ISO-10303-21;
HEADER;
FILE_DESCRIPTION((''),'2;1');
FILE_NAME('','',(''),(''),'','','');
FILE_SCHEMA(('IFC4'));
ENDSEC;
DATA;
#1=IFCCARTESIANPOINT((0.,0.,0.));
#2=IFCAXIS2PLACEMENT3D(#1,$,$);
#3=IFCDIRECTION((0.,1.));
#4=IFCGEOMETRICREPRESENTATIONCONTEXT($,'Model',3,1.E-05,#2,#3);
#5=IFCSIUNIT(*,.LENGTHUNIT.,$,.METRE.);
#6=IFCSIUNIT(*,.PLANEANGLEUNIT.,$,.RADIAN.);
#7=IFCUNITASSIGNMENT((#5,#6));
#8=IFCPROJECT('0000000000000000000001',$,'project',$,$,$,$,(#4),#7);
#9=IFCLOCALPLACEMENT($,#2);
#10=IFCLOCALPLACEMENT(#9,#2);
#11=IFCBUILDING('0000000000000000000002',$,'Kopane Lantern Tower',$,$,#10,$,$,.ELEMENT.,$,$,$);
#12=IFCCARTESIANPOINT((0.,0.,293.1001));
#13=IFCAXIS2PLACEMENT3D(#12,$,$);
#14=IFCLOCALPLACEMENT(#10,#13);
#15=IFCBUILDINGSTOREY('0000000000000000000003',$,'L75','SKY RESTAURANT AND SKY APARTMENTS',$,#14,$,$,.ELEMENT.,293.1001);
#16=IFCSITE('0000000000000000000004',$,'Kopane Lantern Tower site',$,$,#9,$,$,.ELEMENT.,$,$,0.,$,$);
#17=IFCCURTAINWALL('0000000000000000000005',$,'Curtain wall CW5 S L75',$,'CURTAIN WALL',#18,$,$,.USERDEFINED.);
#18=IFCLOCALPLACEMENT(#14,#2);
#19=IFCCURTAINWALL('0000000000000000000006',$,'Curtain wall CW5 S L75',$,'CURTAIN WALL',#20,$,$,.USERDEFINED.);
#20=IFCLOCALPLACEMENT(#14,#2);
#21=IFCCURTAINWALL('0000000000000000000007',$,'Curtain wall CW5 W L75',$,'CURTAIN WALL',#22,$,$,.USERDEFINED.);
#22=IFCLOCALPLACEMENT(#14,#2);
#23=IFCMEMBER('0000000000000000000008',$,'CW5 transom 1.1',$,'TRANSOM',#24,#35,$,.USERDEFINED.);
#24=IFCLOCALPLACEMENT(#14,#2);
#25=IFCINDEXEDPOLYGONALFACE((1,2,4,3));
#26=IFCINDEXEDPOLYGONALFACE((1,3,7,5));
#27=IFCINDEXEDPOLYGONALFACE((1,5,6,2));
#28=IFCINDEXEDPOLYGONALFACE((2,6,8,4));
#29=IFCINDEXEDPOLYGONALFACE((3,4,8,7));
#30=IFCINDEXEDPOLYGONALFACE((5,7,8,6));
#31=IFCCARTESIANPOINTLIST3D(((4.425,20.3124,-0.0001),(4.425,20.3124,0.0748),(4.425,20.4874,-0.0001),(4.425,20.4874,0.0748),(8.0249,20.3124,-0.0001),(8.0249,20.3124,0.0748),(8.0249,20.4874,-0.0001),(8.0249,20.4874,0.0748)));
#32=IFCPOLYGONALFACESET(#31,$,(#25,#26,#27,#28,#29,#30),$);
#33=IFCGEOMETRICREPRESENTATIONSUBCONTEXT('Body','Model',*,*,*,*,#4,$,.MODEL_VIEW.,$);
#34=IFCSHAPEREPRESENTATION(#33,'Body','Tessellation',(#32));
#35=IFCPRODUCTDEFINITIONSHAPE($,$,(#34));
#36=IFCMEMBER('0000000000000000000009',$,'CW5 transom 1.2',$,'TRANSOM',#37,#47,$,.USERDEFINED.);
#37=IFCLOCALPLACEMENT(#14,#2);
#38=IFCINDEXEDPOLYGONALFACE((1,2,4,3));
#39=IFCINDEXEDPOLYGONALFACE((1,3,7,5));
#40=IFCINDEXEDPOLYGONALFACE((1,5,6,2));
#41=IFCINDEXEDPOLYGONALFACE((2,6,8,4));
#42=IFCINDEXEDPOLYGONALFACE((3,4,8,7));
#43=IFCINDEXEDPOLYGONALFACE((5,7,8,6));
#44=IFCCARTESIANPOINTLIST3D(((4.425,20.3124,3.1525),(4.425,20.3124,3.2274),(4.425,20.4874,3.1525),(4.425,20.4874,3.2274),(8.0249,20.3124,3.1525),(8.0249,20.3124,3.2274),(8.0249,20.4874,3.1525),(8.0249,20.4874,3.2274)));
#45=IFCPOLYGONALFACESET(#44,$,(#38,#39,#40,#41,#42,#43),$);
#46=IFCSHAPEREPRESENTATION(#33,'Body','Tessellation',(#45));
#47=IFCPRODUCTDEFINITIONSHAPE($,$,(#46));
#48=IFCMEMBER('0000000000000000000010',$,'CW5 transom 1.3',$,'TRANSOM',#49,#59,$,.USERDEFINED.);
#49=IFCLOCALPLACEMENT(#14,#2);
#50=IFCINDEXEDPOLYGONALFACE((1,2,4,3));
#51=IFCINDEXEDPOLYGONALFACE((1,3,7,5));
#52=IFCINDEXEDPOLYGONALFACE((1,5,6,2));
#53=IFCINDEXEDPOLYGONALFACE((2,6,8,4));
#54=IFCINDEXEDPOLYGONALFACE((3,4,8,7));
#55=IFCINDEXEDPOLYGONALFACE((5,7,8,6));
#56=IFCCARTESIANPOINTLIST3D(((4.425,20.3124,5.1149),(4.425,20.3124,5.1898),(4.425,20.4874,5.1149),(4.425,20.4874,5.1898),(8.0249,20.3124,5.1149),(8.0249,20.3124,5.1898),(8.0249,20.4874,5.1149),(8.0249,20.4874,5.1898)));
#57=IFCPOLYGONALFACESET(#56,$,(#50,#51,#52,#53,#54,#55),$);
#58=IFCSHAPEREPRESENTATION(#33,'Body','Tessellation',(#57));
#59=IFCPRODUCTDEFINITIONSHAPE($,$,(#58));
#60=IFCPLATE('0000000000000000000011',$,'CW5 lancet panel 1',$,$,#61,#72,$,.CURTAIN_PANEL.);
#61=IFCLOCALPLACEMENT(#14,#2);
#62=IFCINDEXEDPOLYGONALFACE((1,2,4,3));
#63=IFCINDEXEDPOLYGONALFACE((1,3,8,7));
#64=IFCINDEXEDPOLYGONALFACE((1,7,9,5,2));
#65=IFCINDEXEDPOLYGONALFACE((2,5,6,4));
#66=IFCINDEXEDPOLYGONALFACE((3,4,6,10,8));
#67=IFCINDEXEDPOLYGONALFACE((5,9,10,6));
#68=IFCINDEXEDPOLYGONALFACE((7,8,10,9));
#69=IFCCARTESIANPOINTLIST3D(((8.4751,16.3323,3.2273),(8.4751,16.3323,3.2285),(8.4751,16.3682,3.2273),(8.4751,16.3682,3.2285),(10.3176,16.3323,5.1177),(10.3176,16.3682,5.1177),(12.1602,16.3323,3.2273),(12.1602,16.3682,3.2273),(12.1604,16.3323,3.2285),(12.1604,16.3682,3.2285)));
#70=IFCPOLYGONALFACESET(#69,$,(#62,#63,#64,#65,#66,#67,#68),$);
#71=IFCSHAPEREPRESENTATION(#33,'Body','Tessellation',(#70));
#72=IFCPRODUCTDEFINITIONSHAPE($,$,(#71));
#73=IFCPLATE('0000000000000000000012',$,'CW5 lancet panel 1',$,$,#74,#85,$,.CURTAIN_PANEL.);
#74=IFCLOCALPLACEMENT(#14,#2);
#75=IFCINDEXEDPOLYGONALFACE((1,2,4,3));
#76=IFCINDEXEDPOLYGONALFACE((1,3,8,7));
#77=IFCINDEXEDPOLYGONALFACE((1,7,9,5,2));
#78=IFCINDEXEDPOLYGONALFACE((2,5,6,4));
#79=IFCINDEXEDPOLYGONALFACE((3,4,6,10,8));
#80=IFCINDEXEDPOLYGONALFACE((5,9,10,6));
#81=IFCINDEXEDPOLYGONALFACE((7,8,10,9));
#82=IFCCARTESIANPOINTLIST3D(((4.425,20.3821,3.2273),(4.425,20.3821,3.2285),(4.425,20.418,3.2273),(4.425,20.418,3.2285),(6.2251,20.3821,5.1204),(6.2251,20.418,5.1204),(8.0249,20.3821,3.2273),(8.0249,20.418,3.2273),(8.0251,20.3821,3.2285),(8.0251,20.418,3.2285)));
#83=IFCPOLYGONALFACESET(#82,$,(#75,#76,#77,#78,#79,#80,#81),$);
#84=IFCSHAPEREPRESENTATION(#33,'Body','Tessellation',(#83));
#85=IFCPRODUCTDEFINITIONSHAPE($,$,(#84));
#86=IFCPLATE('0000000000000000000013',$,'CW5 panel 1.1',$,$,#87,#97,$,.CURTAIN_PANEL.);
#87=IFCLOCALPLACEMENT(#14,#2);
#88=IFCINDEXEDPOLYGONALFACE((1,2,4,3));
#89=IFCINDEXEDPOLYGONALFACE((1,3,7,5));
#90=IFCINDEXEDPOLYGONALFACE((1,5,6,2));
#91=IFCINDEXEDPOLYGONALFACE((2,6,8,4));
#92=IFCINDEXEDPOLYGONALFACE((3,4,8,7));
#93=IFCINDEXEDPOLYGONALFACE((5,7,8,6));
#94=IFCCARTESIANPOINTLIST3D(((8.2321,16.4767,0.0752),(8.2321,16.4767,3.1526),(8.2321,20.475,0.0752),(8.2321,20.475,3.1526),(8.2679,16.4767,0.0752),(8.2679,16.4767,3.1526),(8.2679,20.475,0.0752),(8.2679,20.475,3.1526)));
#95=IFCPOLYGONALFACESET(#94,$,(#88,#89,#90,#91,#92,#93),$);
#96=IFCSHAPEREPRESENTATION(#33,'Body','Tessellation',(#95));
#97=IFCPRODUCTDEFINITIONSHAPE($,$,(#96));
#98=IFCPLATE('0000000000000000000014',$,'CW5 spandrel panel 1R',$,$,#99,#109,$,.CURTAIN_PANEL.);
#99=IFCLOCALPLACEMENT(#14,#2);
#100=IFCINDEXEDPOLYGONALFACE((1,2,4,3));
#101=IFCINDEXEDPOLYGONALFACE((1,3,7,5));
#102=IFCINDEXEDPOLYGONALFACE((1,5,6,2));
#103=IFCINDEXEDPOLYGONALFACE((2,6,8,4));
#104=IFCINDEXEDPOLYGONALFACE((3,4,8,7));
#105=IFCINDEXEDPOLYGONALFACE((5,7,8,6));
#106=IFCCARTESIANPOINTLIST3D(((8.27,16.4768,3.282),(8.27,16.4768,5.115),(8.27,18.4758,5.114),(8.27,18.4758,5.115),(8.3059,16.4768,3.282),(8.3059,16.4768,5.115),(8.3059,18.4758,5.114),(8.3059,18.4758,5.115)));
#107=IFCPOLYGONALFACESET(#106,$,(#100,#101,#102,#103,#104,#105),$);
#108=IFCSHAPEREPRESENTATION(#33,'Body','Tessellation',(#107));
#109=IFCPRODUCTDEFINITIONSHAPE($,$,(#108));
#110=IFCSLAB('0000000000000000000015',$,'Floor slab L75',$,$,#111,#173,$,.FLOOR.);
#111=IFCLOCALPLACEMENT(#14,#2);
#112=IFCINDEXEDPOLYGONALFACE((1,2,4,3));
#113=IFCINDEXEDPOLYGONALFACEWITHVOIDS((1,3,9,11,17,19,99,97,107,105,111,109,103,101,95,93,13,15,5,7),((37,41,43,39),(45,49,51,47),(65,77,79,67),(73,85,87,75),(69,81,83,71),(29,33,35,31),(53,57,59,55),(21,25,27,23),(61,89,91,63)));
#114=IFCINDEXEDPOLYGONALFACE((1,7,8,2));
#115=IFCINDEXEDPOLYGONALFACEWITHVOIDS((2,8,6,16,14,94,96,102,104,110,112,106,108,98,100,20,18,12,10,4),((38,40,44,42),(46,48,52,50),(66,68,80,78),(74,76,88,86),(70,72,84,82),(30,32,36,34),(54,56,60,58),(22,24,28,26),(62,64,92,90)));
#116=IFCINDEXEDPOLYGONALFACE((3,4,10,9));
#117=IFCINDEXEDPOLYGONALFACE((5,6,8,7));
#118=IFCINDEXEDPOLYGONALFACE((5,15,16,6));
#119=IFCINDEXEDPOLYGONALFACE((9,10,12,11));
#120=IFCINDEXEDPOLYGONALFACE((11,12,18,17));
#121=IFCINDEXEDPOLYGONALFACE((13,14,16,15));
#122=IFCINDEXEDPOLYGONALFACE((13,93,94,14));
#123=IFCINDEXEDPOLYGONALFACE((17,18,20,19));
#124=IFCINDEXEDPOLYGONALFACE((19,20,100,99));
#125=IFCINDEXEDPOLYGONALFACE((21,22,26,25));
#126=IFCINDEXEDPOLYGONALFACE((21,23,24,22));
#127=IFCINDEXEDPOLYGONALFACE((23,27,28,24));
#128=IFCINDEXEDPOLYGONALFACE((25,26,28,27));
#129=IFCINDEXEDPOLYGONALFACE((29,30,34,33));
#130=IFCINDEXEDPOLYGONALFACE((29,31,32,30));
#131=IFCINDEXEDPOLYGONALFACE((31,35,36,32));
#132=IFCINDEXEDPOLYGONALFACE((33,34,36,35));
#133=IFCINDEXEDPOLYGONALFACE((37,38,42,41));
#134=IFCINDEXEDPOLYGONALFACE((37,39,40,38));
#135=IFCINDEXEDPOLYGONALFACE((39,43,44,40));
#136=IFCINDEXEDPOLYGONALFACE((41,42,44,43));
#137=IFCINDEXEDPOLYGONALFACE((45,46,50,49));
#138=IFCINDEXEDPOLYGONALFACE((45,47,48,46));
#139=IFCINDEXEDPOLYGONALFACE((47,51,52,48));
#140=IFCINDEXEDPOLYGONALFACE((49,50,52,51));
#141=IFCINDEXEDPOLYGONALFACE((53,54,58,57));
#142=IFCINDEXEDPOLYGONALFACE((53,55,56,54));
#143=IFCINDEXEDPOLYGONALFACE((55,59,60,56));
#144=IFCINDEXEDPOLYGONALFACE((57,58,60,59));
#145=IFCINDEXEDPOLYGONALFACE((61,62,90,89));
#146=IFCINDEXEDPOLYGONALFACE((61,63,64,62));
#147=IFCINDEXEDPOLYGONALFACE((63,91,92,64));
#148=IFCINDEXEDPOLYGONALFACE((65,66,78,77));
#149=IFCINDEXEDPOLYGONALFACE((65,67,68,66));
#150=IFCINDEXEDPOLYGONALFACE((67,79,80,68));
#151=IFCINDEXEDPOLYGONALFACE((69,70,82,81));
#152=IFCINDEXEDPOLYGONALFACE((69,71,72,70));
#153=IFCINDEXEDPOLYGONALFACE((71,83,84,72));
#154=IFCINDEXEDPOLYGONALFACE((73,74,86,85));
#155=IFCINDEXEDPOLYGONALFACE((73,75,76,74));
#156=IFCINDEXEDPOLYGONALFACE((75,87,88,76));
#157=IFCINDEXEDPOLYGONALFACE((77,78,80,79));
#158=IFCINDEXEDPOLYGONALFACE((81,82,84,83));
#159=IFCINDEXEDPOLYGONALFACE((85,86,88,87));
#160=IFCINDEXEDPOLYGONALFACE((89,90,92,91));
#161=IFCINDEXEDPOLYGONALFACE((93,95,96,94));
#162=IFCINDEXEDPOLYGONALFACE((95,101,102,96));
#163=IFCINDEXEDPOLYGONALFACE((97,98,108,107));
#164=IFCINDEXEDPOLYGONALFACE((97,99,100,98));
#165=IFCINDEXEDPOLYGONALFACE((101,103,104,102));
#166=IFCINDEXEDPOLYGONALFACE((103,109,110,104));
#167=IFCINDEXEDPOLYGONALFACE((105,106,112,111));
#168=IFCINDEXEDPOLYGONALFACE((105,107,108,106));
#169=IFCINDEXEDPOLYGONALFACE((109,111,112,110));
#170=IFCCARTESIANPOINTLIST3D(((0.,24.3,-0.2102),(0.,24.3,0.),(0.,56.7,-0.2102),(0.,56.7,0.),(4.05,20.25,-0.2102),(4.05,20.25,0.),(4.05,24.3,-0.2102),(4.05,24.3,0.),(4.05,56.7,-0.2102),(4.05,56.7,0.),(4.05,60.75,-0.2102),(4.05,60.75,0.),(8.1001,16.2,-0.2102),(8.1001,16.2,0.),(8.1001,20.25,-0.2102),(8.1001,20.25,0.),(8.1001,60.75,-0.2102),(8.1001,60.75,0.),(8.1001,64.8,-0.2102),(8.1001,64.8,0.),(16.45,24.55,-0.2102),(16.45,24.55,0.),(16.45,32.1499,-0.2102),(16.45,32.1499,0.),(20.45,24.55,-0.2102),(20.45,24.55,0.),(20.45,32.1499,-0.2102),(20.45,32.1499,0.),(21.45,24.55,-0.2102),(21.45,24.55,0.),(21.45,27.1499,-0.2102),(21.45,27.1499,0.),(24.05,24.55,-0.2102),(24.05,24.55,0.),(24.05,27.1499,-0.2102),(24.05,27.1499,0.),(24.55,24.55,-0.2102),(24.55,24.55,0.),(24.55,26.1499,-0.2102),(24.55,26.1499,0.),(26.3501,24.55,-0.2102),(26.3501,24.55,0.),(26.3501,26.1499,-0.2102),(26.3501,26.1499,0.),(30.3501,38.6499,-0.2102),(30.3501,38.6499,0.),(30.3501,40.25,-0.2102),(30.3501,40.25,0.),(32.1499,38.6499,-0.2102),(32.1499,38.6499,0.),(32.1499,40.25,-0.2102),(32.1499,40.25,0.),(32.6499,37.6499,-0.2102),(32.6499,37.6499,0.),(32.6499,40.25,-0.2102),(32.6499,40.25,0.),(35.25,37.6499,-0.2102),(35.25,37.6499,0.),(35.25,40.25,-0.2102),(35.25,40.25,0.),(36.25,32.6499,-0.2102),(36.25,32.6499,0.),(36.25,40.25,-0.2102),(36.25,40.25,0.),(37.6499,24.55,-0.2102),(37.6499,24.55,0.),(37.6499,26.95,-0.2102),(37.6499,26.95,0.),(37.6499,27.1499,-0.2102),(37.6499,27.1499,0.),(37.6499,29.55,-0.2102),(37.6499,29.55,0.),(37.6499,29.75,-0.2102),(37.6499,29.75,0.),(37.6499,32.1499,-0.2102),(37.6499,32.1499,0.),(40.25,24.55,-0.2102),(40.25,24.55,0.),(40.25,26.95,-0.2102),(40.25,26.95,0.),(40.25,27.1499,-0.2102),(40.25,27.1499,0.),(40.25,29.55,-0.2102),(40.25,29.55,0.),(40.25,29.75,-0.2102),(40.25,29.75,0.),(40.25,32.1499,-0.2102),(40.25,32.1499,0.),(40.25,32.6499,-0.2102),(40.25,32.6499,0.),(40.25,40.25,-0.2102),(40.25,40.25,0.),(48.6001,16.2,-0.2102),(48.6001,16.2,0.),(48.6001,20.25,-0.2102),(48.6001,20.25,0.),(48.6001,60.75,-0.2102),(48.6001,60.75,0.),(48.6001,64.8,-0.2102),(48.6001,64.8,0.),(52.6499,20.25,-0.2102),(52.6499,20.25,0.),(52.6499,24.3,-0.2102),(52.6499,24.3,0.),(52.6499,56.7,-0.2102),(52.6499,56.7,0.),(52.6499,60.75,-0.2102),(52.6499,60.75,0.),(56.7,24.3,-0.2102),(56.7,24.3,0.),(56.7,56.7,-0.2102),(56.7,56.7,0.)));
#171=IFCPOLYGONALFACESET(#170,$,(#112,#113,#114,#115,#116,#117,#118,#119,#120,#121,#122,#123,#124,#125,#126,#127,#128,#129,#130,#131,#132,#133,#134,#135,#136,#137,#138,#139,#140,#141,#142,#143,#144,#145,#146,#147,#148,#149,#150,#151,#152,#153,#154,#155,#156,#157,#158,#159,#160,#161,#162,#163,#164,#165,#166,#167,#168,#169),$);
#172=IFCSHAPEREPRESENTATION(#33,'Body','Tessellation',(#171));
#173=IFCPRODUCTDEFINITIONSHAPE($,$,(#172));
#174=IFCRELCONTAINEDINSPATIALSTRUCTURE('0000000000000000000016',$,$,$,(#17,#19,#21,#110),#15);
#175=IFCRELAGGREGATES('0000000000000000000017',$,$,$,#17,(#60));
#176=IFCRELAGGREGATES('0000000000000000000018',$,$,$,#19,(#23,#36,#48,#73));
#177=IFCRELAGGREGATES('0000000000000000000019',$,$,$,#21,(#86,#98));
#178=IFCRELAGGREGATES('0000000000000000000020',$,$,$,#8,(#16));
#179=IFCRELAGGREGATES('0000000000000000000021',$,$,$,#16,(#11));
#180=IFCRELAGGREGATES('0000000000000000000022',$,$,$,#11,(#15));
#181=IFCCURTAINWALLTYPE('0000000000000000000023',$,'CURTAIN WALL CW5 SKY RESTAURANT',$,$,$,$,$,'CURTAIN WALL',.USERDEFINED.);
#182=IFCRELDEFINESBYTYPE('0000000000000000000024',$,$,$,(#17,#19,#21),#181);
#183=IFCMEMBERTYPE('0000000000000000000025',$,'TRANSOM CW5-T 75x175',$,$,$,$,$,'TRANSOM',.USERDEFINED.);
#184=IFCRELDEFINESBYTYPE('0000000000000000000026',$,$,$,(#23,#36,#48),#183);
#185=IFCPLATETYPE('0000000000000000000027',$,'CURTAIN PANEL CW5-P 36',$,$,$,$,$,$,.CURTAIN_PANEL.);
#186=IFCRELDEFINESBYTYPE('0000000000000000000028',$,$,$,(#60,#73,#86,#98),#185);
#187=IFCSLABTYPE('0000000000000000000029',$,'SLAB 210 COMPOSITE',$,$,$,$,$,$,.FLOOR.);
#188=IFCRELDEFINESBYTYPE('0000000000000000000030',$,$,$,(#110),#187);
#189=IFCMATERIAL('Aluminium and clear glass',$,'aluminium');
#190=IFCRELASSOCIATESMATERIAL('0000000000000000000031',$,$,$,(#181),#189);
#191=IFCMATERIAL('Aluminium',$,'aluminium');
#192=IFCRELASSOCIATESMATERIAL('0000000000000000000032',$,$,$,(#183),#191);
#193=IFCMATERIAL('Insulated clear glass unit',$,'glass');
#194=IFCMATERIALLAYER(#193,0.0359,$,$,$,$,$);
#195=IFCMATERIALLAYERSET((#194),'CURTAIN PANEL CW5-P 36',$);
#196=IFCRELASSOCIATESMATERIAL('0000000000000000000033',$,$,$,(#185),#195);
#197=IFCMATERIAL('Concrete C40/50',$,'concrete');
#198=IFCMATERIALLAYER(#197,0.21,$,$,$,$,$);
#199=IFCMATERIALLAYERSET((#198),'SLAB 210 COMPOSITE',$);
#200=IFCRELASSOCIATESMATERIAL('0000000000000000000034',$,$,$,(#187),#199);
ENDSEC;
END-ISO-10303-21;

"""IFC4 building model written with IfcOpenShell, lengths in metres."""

from ifc_helpers import new_model, si_unit, direction, frame, origin, origin_2d, place, context, subcontext, project, spatial, polyline, rectangle, outline, extrude, material, layer, layer_set, material_profile, profile_set, type_object, element, aggregate, save


model = new_model("IFC4")

# Units and contexts
model_context = context("Model", 3, precision=1e-05, world=origin(), true_north=direction((0.0, 1.0)))
body_context = subcontext(model_context, "Body", "Model", "MODEL_VIEW")
ifc_project = project(units=[si_unit("LENGTHUNIT", "METRE"), si_unit("PLANEANGLEUNIT", "RADIAN")], contexts=[model_context])

# Site, building, storey
site_placement = place(None, origin())
site = spatial("IfcSite", under=ifc_project, at=site_placement, Name="Kopane Lantern Tower site", CompositionType="ELEMENT", RefElevation=0.0)
building_placement = place(site_placement, origin())
building = spatial("IfcBuilding", under=site, at=building_placement, Name="Kopane Lantern Tower", CompositionType="ELEMENT")
storey_placement = place(building_placement, frame((0.0, 0.0, 293.1001)))
storey = spatial("IfcBuildingStorey", under=building, at=storey_placement, Name="L75", Description="SKY RESTAURANT AND SKY APARTMENTS", CompositionType="ELEMENT", Elevation=293.1001)

# Curtain walls
ifc_material_1 = material(Name="Aluminium and clear glass", Category="aluminium")
curtain_wall_type = type_object("IfcCurtainWallType", Name="CURTAIN WALL CW5 SKY RESTAURANT", ElementType="CURTAIN WALL", PredefinedType="USERDEFINED", material=ifc_material_1)
curtain_wall_1_placement = place(storey_placement, origin())
curtain_wall_1 = element("IfcCurtainWall", 1, at=curtain_wall_1_placement, inside=storey, type_object=curtain_wall_type, Name="Curtain wall CW5 S L75", ObjectType="CURTAIN WALL", PredefinedType="USERDEFINED")
curtain_wall_2_placement = place(storey_placement, origin())
curtain_wall_2 = element("IfcCurtainWall", 2, at=curtain_wall_2_placement, inside=storey, type_object=curtain_wall_type, Name="Curtain wall CW5 S L75", ObjectType="CURTAIN WALL", PredefinedType="USERDEFINED")

# Curtain wall
curtain_wall_3_placement = place(storey_placement, origin())
curtain_wall_3 = element("IfcCurtainWall", 3, at=curtain_wall_3_placement, inside=storey, type_object=curtain_wall_type, Name="Curtain wall CW5 W L75", ObjectType="CURTAIN WALL", PredefinedType="USERDEFINED")

# Members
ifc_material_2 = material(Name="Aluminium", Category="aluminium")
ifc_material_profile_1 = material_profile(ifc_material_2, rectangle(XDim=0.175, YDim=0.075, at=origin_2d()), Name="AL 175x75")
ifc_profile_set_1 = profile_set([ifc_material_profile_1], Name="Aluminium")
member_type_1 = type_object("IfcMemberType", Name="TRANSOM CW5-T 75x175", ElementType="TRANSOM", PredefinedType="USERDEFINED", material=ifc_profile_set_1)
member_1_placement = place(storey_placement, frame((4.425, 20.3999, 0.0374), z_axis=(1.0, 0.0, 0.0), x_axis=(0.0, 1.0, 0.0)))
member_1 = element("IfcMember", 4, at=member_1_placement, type_object=member_type_1, Name="CW5 transom 1.1", ObjectType="TRANSOM", PredefinedType="USERDEFINED", context=body_context, shape_type="SweptSolid", body=[
    extrude(rectangle(XDim=0.175, YDim=0.075, at=origin_2d()), origin(), (0.0, 0.0, 1.0), 3.5999),
])
member_2_placement = place(storey_placement, frame((4.425, 20.3999, 3.1899), z_axis=(1.0, 0.0, 0.0), x_axis=(0.0, 1.0, 0.0)))
member_2 = element("IfcMember", 5, at=member_2_placement, type_object=member_type_1, Name="CW5 transom 1.2", ObjectType="TRANSOM", PredefinedType="USERDEFINED", context=body_context, shape_type="SweptSolid", body=[
    extrude(rectangle(XDim=0.175, YDim=0.075, at=origin_2d()), origin(), (0.0, 0.0, 1.0), 3.5999),
])
member_3_placement = place(storey_placement, frame((4.425, 20.3999, 5.1523), z_axis=(1.0, 0.0, 0.0), x_axis=(0.0, 1.0, 0.0)))
member_3 = element("IfcMember", 6, at=member_3_placement, type_object=member_type_1, Name="CW5 transom 1.3", ObjectType="TRANSOM", PredefinedType="USERDEFINED", context=body_context, shape_type="SweptSolid", body=[
    extrude(rectangle(XDim=0.175, YDim=0.075, at=origin_2d()), origin(), (0.0, 0.0, 1.0), 3.5999),
])

# Plates
ifc_material_3 = material(Name="Insulated clear glass unit", Category="glass")
ifc_layer_1 = layer(ifc_material_3, 0.0359)
ifc_layer_set_1 = layer_set([ifc_layer_1], Name="CURTAIN PANEL CW5-P 36")
plate_type = type_object("IfcPlateType", Name="CURTAIN PANEL CW5-P 36", PredefinedType="CURTAIN_PANEL", material=ifc_layer_set_1)
plate_1_placement = place(storey_placement, frame((8.4751, 16.3501, 3.2273), z_axis=(0.0, 0.0, 1.0), x_axis=(1.0, 0.0, 0.0)))
plate_1 = element("IfcPlate", 7, at=plate_1_placement, type_object=plate_type, Name="CW5 lancet panel 1", PredefinedType="CURTAIN_PANEL", context=body_context, shape_type="SweptSolid", body=[
    extrude(outline(polyline([(0.0, 0.0), (3.6851, 0.0), (3.6853, 0.0012), (1.8425, 1.8904), (0.0, 0.0012), (0.0, 0.0)])), frame((0.0, 0.0181, 0.0), z_axis=(0.0, -1.0, 0.0), x_axis=(1.0, 0.0, 0.0)), (0.0, 0.0, 1.0), 0.0359),
])
aggregate(curtain_wall_1, [plate_1])
plate_2_placement = place(storey_placement, frame((4.425, 20.3999, 3.2273), z_axis=(0.0, 0.0, 1.0), x_axis=(1.0, 0.0, 0.0)))
plate_2 = element("IfcPlate", 8, at=plate_2_placement, type_object=plate_type, Name="CW5 lancet panel 1", PredefinedType="CURTAIN_PANEL", context=body_context, shape_type="SweptSolid", body=[
    extrude(outline(polyline([(0.0, 0.0), (3.5999, 0.0), (3.6001, 0.0012), (1.8, 1.8931), (0.0, 0.0012), (0.0, 0.0)])), frame((0.0, 0.0181, 0.0), z_axis=(0.0, -1.0, 0.0), x_axis=(1.0, 0.0, 0.0)), (0.0, 0.0, 1.0), 0.0359),
])
aggregate(curtain_wall_2, [member_1, member_2, member_3, plate_2])
plate_3_placement = place(storey_placement, frame((8.25, 18.4758, 0.0752), z_axis=(0.0, 0.0, 1.0), x_axis=(0.0, -1.0, 0.0)))
plate_3 = element("IfcPlate", 9, at=plate_3_placement, type_object=plate_type, Name="CW5 panel 1.1", PredefinedType="CURTAIN_PANEL", context=body_context, shape_type="SweptSolid", body=[
    extrude(rectangle(XDim=3.9983, YDim=0.0359, at=origin_2d()), origin(), (0.0, 0.0, 1.0), 3.0774),
])
plate_4_placement = place(storey_placement, frame((8.2881, 16.4768, 5.115), z_axis=(0.0, 0.0, 1.0), x_axis=(0.0, 1.0, 0.0)))
plate_4 = element("IfcPlate", 10, at=plate_4_placement, type_object=plate_type, Name="CW5 spandrel panel 1R", PredefinedType="CURTAIN_PANEL", context=body_context, shape_type="SweptSolid", body=[
    extrude(outline(polyline([(0.0, 0.0), (1.999, 0.0), (1.999, -0.001), (0.0, -1.833), (0.0, 0.0)])), frame((0.0, 0.0181, 0.0), z_axis=(0.0, -1.0, 0.0), x_axis=(1.0, 0.0, 0.0)), (0.0, 0.0, 1.0), 0.0359),
])
aggregate(curtain_wall_3, [plate_3, plate_4])

# Slab
ifc_material_4 = material(Name="Concrete C40/50", Category="concrete")
ifc_layer_2 = layer(ifc_material_4, 0.21)
ifc_layer_set_2 = layer_set([ifc_layer_2], Name="SLAB 210 COMPOSITE")
slab_type_1 = type_object("IfcSlabType", Name="SLAB 210 COMPOSITE", PredefinedType="FLOOR", material=ifc_layer_set_2)
slab_1_placement = place(storey_placement, frame((0.0, 0.0, -0.2102)))
element("IfcSlab", 11, at=slab_1_placement, inside=storey, type_object=slab_type_1, Name="Floor slab L75", PredefinedType="FLOOR", context=body_context, shape_type="SweptSolid", body=[
    extrude(outline(polyline([(8.1001, 16.2), (48.6001, 16.2), (48.6001, 20.25), (52.6499, 20.25), (52.6499, 24.3), (56.7, 24.3), (56.7, 56.7), (52.6499, 56.7), (52.6499, 60.75), (48.6001, 60.75), (48.6001, 64.8), (8.1001, 64.8), (8.1001, 60.75), (4.05, 60.75), (4.05, 56.7), (0.0, 56.7), (0.0, 24.3), (4.05, 24.3), (4.05, 20.25), (8.1001, 20.25), (8.1001, 16.2)]), holes=[polyline([(16.45, 24.55), (20.45, 24.55), (20.45, 32.1499), (16.45, 32.1499), (16.45, 24.55)]), polyline([(36.25, 32.6499), (40.25, 32.6499), (40.25, 40.25), (36.25, 40.25), (36.25, 32.6499)]), polyline([(37.6499, 24.55), (40.25, 24.55), (40.25, 26.95), (37.6499, 26.95), (37.6499, 24.55)]), polyline([(37.6499, 27.1499), (40.25, 27.1499), (40.25, 29.55), (37.6499, 29.55), (37.6499, 27.1499)]), polyline([(37.6499, 29.75), (40.25, 29.75), (40.25, 32.1499), (37.6499, 32.1499), (37.6499, 29.75)]), polyline([(21.45, 24.55), (24.05, 24.55), (24.05, 27.1499), (21.45, 27.1499), (21.45, 24.55)]), polyline([(32.6499, 37.6499), (35.25, 37.6499), (35.25, 40.25), (32.6499, 40.25), (32.6499, 37.6499)]), polyline([(24.55, 24.55), (26.3501, 24.55), (26.3501, 26.1499), (24.55, 26.1499), (24.55, 24.55)]), polyline([(30.3501, 38.6499), (32.1499, 38.6499), (32.1499, 40.25), (30.3501, 40.25), (30.3501, 38.6499)])]), origin(), (0.0, 0.0, 1.0), 0.2102),
])

save(model, "model.ifc")
